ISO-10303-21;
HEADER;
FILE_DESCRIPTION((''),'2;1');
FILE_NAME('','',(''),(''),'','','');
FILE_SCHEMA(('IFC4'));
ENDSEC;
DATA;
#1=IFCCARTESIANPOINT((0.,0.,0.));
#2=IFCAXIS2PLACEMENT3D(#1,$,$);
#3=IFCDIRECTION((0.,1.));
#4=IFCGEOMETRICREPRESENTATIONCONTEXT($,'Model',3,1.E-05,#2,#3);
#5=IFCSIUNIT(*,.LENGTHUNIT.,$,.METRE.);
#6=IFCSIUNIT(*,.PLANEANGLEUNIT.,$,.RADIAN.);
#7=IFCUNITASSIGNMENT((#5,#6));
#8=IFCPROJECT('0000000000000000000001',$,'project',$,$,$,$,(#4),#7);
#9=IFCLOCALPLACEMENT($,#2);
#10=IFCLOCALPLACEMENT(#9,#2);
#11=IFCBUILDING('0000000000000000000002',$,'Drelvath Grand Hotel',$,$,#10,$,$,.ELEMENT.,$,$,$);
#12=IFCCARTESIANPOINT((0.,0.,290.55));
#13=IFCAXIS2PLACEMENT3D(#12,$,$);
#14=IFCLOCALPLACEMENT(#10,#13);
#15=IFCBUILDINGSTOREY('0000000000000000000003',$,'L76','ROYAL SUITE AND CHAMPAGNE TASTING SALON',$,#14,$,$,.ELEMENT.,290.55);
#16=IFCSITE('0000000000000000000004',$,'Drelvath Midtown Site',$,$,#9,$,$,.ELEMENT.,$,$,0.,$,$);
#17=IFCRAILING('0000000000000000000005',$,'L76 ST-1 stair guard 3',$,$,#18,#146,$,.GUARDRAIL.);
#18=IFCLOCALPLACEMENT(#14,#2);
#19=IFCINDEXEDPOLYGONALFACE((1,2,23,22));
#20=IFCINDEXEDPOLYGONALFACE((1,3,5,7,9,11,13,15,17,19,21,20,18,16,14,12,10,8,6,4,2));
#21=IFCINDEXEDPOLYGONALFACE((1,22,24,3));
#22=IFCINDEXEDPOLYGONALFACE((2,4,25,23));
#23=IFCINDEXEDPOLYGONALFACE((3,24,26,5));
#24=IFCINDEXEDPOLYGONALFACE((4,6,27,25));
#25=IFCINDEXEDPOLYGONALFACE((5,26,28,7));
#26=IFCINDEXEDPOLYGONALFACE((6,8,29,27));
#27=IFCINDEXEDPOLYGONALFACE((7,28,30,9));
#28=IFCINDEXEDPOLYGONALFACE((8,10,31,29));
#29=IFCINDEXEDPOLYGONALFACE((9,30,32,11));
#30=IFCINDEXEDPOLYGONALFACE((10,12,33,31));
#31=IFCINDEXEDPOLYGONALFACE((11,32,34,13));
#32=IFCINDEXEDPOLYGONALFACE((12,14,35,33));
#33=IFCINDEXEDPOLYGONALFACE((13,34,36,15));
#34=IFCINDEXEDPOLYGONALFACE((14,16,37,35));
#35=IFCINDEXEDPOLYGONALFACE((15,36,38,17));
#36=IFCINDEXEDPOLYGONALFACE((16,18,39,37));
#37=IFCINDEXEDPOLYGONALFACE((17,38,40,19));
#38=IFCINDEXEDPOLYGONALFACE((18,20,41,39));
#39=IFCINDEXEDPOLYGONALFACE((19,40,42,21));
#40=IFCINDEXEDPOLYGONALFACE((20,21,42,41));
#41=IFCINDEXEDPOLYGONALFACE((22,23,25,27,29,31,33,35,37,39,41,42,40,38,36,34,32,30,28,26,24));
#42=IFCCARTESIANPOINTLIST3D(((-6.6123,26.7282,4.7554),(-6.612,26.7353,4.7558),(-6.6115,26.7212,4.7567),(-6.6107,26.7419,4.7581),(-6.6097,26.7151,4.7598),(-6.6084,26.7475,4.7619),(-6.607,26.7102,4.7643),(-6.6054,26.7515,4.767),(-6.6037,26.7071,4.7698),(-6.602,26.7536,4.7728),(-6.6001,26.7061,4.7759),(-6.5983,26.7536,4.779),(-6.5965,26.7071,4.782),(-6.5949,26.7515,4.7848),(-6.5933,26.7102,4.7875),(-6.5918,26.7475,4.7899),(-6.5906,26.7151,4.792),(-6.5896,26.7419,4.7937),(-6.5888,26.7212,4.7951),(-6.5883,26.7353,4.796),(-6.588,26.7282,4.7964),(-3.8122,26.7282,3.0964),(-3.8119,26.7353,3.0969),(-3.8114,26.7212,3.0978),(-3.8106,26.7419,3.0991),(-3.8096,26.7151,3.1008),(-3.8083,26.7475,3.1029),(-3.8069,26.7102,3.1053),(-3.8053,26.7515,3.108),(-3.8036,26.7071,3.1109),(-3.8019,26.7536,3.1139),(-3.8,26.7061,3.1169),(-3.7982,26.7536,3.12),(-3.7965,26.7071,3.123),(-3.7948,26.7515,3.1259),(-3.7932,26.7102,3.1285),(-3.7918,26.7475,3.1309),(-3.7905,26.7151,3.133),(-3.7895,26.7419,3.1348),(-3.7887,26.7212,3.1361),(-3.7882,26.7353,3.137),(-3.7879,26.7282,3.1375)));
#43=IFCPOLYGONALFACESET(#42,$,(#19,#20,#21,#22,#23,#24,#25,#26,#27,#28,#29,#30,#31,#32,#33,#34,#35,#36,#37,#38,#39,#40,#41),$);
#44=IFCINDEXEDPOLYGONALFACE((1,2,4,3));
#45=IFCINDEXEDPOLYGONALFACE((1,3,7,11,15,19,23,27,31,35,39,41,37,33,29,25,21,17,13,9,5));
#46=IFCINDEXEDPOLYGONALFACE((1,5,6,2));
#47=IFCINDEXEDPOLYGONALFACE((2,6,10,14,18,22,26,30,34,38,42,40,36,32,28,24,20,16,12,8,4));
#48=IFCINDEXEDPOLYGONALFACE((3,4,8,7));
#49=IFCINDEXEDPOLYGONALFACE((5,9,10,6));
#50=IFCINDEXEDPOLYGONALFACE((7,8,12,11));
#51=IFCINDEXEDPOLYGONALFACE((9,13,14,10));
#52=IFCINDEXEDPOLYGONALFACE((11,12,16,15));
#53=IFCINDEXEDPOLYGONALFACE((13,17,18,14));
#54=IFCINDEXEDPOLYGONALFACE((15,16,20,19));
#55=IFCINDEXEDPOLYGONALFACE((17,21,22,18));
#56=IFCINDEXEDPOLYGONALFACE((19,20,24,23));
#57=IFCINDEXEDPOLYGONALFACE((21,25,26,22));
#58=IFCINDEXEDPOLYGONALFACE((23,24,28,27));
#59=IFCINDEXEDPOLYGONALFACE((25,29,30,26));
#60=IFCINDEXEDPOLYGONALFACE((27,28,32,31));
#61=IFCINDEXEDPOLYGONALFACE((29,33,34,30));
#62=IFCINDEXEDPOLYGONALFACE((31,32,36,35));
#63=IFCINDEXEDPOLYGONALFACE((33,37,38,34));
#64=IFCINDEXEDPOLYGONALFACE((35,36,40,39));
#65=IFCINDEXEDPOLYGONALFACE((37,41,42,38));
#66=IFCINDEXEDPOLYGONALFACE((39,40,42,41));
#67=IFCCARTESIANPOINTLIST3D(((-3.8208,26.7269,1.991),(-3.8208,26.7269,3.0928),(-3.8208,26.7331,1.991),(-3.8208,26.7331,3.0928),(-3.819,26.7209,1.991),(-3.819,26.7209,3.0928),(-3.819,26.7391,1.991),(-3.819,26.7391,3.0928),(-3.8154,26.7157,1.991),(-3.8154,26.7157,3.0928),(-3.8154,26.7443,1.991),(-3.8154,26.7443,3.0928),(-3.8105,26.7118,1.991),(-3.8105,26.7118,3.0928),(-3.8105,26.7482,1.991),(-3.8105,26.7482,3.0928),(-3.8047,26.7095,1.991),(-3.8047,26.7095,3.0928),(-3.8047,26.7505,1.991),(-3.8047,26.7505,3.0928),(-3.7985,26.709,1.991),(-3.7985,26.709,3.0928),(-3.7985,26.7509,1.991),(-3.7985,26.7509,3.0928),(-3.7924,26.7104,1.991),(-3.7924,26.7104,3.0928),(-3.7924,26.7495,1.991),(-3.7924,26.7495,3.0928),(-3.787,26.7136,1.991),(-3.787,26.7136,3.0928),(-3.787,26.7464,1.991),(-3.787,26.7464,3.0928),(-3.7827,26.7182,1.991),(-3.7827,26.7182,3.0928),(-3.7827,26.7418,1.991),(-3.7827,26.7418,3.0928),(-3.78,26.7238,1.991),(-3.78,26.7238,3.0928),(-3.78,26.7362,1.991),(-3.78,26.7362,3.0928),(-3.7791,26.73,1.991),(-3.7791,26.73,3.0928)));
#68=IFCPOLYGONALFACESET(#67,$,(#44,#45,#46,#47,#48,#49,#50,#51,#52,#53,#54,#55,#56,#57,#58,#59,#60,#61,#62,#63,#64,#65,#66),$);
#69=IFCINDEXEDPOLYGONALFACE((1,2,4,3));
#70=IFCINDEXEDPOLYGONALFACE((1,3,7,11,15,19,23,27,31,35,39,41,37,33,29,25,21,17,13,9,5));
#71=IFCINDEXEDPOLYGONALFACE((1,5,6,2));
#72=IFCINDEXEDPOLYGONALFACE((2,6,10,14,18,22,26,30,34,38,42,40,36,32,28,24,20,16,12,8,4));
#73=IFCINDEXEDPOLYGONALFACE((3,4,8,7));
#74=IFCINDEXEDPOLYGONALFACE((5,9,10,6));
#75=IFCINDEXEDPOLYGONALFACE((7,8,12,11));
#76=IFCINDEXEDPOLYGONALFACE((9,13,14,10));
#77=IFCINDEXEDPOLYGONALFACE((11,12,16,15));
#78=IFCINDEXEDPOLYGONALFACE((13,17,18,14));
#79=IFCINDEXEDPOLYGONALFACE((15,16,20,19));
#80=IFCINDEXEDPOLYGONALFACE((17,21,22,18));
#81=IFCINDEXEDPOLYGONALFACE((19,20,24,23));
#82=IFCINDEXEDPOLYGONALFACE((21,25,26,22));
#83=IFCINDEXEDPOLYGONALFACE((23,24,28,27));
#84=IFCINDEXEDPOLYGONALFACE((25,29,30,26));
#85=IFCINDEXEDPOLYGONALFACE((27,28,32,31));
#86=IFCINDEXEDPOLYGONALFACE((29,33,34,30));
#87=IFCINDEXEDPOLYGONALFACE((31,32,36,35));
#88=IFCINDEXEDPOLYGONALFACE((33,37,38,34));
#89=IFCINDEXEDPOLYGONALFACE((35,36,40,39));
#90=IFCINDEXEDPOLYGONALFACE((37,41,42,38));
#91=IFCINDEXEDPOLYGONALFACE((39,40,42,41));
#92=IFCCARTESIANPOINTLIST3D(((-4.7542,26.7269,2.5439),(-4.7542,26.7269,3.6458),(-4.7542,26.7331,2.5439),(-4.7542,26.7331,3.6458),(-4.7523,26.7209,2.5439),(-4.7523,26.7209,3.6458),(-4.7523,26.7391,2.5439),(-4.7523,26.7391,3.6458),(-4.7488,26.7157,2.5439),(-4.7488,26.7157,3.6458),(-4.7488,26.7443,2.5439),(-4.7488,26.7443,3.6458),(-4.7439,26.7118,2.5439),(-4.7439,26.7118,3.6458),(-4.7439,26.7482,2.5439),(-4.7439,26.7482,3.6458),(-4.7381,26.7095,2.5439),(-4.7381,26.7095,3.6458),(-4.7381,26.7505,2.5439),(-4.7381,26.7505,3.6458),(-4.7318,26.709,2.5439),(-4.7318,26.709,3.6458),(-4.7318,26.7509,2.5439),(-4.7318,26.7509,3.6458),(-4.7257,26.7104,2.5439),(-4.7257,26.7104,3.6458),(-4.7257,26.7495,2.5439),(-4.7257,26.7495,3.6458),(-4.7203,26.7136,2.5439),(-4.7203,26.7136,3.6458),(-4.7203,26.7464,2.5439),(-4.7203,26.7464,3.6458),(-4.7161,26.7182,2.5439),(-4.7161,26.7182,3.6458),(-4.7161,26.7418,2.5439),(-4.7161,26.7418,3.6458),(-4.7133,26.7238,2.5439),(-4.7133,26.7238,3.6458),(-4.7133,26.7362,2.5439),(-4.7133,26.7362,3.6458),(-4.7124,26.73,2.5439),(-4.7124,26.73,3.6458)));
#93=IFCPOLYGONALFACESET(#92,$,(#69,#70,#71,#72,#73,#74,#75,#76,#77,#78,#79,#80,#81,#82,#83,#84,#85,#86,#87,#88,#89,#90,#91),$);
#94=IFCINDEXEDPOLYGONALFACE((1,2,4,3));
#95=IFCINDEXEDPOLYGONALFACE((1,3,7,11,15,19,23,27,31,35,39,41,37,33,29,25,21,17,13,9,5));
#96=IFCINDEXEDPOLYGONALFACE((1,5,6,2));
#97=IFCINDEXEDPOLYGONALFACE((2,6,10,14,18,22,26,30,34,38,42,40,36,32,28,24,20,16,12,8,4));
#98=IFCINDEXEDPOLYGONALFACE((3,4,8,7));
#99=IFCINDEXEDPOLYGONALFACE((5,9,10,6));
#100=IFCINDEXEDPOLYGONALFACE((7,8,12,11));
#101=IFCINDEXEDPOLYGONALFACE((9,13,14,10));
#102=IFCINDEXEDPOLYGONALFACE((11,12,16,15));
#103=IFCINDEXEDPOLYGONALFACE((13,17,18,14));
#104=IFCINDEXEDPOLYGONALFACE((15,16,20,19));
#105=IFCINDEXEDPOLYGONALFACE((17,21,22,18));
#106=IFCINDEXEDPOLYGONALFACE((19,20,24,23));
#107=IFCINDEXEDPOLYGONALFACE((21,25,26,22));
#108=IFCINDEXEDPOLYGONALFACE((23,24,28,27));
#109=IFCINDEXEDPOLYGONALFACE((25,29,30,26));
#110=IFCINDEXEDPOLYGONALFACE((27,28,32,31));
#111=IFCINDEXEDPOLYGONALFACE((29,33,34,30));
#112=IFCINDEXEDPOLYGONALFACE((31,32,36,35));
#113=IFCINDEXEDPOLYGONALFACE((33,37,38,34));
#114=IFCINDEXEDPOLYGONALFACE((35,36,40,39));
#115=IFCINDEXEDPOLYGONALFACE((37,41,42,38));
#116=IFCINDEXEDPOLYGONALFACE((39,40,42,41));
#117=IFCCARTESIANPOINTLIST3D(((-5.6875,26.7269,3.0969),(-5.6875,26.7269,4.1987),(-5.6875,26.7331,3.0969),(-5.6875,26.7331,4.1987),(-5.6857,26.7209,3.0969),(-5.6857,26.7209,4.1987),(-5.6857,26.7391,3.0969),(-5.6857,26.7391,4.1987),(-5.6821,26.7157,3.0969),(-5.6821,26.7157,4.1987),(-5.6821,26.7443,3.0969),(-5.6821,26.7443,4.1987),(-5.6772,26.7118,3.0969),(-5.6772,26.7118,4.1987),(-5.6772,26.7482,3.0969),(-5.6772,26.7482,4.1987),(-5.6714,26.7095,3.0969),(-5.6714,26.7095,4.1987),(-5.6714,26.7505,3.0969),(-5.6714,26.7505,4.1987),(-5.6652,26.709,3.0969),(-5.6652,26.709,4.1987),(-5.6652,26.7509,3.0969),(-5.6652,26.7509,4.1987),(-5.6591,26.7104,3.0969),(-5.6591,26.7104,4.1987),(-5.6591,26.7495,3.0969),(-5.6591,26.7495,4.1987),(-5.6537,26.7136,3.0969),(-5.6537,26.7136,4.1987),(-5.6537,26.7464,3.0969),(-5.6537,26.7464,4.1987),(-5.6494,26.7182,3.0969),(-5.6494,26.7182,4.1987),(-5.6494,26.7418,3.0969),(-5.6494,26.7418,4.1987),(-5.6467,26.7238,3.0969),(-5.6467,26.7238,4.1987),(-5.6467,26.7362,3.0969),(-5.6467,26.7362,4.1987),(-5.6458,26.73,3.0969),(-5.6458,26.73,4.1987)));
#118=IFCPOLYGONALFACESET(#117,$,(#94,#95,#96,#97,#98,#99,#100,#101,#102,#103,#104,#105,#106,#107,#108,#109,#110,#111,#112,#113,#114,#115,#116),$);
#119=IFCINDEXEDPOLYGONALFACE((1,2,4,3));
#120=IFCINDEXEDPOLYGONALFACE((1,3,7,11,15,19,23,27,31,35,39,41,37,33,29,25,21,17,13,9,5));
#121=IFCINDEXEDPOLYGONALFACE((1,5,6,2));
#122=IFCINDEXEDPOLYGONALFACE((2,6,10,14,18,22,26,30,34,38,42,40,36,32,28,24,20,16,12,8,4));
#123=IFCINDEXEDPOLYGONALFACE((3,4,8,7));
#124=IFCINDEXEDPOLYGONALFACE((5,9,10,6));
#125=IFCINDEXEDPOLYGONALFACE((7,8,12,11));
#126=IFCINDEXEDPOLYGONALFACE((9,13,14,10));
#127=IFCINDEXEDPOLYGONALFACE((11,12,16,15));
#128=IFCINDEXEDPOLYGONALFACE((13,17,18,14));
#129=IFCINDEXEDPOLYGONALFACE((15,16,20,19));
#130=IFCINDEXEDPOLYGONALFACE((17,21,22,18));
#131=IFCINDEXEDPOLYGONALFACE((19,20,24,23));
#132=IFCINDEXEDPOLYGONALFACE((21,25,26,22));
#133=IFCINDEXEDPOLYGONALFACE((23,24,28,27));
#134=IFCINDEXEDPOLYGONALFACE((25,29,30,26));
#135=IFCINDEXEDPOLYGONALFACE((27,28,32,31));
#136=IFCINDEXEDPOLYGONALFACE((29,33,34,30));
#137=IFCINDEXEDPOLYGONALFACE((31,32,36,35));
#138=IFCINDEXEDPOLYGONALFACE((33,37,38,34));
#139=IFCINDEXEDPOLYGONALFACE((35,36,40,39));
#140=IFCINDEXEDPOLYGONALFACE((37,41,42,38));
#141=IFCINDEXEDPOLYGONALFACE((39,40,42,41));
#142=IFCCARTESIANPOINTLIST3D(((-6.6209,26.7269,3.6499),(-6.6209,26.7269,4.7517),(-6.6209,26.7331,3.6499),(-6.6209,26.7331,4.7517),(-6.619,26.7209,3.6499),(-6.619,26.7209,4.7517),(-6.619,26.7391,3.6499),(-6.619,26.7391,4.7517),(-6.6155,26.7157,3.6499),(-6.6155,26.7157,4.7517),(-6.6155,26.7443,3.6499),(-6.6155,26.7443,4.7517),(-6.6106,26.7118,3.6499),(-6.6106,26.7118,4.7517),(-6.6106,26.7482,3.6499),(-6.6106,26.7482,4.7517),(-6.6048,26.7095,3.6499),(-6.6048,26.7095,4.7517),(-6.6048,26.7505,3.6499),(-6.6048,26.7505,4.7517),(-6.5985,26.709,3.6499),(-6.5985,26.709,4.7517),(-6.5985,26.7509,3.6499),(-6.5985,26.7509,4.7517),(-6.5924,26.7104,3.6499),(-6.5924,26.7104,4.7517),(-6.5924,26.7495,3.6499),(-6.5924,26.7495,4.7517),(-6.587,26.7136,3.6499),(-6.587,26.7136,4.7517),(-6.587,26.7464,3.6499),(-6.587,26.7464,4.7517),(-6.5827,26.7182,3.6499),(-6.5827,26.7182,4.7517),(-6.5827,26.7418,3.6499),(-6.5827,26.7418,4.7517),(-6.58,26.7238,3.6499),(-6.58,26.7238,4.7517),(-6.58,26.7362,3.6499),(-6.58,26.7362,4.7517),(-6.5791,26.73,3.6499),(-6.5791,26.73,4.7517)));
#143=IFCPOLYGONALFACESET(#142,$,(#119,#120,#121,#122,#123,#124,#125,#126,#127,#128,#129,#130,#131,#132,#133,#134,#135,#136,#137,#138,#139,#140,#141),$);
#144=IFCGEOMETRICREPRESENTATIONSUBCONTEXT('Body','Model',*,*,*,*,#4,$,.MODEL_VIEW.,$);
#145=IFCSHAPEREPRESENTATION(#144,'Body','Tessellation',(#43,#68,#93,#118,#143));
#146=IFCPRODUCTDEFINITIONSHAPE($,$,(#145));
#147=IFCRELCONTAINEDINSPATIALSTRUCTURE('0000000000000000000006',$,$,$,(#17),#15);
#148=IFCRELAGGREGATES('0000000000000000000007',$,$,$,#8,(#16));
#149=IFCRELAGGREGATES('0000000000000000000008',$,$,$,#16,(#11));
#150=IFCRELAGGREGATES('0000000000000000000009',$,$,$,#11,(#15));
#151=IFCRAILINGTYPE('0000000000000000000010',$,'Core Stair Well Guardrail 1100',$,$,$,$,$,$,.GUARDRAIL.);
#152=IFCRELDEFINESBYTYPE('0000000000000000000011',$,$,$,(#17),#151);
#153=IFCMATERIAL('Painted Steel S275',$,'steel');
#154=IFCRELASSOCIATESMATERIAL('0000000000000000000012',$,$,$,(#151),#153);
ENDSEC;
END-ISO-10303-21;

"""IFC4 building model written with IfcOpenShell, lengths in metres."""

from ifc_helpers import new_model, si_unit, direction, frame, origin, origin_2d, place, context, subcontext, project, spatial, circle, extrude, material, type_object, element, save


model = new_model("IFC4")

# Units and contexts
model_context = context("Model", 3, precision=1e-05, world=origin(), true_north=direction((0.0, 1.0)))
body_context = subcontext(model_context, "Body", "Model", "MODEL_VIEW")
ifc_project = project(units=[si_unit("LENGTHUNIT", "METRE"), si_unit("PLANEANGLEUNIT", "RADIAN")], contexts=[model_context])

# Site, building, storey
site_placement = place(None, origin())
site = spatial("IfcSite", under=ifc_project, at=site_placement, Name="Drelvath Midtown Site", CompositionType="ELEMENT", RefElevation=0.0)
building_placement = place(site_placement, origin())
building = spatial("IfcBuilding", under=site, at=building_placement, Name="Drelvath Grand Hotel", CompositionType="ELEMENT")
storey_placement = place(building_placement, frame((0.0, 0.0, 290.55)))
storey = spatial("IfcBuildingStorey", under=building, at=storey_placement, Name="L76", Description="ROYAL SUITE AND CHAMPAGNE TASTING SALON", CompositionType="ELEMENT", Elevation=290.55)

# Shared definitions
ifc_material_1 = material(Name="Painted Steel S275", Category="steel")

# Railing
railing_type_1 = type_object("IfcRailingType", Name="Core Stair Well Guardrail 1100", PredefinedType="GUARDRAIL", material=ifc_material_1)
railing_1_placement = place(storey_placement, frame((-3.8, 26.73, 1.991)))
element("IfcRailing", 1, at=railing_1_placement, inside=storey, type_object=railing_type_1, Name="L76 ST-1 stair guard 3", PredefinedType="GUARDRAIL", context=body_context, shape_type="SweptSolid", body=[
    extrude(circle(Radius=0.0239, at=origin_2d()), frame((0.0, 0.0, 1.126), z_axis=(-0.860339, 0.0, 0.509722), x_axis=(0.0, -1.0, 0.0)), (0.0, 0.0, 1.0), 3.2546),
    extrude(circle(Radius=0.021, at=origin_2d()), origin(), (0.0, 0.0, 1.0), 1.1018),
    extrude(circle(Radius=0.021, at=origin_2d()), frame((-0.9333, 0.0, 0.553)), (0.0, 0.0, 1.0), 1.1018),
    extrude(circle(Radius=0.021, at=origin_2d()), frame((-1.8667, 0.0, 1.106)), (0.0, 0.0, 1.0), 1.1018),
    extrude(circle(Radius=0.021, at=origin_2d()), frame((-2.8, 0.0, 1.6589)), (0.0, 0.0, 1.0), 1.1018),
])

save(model, "model.ifc")
